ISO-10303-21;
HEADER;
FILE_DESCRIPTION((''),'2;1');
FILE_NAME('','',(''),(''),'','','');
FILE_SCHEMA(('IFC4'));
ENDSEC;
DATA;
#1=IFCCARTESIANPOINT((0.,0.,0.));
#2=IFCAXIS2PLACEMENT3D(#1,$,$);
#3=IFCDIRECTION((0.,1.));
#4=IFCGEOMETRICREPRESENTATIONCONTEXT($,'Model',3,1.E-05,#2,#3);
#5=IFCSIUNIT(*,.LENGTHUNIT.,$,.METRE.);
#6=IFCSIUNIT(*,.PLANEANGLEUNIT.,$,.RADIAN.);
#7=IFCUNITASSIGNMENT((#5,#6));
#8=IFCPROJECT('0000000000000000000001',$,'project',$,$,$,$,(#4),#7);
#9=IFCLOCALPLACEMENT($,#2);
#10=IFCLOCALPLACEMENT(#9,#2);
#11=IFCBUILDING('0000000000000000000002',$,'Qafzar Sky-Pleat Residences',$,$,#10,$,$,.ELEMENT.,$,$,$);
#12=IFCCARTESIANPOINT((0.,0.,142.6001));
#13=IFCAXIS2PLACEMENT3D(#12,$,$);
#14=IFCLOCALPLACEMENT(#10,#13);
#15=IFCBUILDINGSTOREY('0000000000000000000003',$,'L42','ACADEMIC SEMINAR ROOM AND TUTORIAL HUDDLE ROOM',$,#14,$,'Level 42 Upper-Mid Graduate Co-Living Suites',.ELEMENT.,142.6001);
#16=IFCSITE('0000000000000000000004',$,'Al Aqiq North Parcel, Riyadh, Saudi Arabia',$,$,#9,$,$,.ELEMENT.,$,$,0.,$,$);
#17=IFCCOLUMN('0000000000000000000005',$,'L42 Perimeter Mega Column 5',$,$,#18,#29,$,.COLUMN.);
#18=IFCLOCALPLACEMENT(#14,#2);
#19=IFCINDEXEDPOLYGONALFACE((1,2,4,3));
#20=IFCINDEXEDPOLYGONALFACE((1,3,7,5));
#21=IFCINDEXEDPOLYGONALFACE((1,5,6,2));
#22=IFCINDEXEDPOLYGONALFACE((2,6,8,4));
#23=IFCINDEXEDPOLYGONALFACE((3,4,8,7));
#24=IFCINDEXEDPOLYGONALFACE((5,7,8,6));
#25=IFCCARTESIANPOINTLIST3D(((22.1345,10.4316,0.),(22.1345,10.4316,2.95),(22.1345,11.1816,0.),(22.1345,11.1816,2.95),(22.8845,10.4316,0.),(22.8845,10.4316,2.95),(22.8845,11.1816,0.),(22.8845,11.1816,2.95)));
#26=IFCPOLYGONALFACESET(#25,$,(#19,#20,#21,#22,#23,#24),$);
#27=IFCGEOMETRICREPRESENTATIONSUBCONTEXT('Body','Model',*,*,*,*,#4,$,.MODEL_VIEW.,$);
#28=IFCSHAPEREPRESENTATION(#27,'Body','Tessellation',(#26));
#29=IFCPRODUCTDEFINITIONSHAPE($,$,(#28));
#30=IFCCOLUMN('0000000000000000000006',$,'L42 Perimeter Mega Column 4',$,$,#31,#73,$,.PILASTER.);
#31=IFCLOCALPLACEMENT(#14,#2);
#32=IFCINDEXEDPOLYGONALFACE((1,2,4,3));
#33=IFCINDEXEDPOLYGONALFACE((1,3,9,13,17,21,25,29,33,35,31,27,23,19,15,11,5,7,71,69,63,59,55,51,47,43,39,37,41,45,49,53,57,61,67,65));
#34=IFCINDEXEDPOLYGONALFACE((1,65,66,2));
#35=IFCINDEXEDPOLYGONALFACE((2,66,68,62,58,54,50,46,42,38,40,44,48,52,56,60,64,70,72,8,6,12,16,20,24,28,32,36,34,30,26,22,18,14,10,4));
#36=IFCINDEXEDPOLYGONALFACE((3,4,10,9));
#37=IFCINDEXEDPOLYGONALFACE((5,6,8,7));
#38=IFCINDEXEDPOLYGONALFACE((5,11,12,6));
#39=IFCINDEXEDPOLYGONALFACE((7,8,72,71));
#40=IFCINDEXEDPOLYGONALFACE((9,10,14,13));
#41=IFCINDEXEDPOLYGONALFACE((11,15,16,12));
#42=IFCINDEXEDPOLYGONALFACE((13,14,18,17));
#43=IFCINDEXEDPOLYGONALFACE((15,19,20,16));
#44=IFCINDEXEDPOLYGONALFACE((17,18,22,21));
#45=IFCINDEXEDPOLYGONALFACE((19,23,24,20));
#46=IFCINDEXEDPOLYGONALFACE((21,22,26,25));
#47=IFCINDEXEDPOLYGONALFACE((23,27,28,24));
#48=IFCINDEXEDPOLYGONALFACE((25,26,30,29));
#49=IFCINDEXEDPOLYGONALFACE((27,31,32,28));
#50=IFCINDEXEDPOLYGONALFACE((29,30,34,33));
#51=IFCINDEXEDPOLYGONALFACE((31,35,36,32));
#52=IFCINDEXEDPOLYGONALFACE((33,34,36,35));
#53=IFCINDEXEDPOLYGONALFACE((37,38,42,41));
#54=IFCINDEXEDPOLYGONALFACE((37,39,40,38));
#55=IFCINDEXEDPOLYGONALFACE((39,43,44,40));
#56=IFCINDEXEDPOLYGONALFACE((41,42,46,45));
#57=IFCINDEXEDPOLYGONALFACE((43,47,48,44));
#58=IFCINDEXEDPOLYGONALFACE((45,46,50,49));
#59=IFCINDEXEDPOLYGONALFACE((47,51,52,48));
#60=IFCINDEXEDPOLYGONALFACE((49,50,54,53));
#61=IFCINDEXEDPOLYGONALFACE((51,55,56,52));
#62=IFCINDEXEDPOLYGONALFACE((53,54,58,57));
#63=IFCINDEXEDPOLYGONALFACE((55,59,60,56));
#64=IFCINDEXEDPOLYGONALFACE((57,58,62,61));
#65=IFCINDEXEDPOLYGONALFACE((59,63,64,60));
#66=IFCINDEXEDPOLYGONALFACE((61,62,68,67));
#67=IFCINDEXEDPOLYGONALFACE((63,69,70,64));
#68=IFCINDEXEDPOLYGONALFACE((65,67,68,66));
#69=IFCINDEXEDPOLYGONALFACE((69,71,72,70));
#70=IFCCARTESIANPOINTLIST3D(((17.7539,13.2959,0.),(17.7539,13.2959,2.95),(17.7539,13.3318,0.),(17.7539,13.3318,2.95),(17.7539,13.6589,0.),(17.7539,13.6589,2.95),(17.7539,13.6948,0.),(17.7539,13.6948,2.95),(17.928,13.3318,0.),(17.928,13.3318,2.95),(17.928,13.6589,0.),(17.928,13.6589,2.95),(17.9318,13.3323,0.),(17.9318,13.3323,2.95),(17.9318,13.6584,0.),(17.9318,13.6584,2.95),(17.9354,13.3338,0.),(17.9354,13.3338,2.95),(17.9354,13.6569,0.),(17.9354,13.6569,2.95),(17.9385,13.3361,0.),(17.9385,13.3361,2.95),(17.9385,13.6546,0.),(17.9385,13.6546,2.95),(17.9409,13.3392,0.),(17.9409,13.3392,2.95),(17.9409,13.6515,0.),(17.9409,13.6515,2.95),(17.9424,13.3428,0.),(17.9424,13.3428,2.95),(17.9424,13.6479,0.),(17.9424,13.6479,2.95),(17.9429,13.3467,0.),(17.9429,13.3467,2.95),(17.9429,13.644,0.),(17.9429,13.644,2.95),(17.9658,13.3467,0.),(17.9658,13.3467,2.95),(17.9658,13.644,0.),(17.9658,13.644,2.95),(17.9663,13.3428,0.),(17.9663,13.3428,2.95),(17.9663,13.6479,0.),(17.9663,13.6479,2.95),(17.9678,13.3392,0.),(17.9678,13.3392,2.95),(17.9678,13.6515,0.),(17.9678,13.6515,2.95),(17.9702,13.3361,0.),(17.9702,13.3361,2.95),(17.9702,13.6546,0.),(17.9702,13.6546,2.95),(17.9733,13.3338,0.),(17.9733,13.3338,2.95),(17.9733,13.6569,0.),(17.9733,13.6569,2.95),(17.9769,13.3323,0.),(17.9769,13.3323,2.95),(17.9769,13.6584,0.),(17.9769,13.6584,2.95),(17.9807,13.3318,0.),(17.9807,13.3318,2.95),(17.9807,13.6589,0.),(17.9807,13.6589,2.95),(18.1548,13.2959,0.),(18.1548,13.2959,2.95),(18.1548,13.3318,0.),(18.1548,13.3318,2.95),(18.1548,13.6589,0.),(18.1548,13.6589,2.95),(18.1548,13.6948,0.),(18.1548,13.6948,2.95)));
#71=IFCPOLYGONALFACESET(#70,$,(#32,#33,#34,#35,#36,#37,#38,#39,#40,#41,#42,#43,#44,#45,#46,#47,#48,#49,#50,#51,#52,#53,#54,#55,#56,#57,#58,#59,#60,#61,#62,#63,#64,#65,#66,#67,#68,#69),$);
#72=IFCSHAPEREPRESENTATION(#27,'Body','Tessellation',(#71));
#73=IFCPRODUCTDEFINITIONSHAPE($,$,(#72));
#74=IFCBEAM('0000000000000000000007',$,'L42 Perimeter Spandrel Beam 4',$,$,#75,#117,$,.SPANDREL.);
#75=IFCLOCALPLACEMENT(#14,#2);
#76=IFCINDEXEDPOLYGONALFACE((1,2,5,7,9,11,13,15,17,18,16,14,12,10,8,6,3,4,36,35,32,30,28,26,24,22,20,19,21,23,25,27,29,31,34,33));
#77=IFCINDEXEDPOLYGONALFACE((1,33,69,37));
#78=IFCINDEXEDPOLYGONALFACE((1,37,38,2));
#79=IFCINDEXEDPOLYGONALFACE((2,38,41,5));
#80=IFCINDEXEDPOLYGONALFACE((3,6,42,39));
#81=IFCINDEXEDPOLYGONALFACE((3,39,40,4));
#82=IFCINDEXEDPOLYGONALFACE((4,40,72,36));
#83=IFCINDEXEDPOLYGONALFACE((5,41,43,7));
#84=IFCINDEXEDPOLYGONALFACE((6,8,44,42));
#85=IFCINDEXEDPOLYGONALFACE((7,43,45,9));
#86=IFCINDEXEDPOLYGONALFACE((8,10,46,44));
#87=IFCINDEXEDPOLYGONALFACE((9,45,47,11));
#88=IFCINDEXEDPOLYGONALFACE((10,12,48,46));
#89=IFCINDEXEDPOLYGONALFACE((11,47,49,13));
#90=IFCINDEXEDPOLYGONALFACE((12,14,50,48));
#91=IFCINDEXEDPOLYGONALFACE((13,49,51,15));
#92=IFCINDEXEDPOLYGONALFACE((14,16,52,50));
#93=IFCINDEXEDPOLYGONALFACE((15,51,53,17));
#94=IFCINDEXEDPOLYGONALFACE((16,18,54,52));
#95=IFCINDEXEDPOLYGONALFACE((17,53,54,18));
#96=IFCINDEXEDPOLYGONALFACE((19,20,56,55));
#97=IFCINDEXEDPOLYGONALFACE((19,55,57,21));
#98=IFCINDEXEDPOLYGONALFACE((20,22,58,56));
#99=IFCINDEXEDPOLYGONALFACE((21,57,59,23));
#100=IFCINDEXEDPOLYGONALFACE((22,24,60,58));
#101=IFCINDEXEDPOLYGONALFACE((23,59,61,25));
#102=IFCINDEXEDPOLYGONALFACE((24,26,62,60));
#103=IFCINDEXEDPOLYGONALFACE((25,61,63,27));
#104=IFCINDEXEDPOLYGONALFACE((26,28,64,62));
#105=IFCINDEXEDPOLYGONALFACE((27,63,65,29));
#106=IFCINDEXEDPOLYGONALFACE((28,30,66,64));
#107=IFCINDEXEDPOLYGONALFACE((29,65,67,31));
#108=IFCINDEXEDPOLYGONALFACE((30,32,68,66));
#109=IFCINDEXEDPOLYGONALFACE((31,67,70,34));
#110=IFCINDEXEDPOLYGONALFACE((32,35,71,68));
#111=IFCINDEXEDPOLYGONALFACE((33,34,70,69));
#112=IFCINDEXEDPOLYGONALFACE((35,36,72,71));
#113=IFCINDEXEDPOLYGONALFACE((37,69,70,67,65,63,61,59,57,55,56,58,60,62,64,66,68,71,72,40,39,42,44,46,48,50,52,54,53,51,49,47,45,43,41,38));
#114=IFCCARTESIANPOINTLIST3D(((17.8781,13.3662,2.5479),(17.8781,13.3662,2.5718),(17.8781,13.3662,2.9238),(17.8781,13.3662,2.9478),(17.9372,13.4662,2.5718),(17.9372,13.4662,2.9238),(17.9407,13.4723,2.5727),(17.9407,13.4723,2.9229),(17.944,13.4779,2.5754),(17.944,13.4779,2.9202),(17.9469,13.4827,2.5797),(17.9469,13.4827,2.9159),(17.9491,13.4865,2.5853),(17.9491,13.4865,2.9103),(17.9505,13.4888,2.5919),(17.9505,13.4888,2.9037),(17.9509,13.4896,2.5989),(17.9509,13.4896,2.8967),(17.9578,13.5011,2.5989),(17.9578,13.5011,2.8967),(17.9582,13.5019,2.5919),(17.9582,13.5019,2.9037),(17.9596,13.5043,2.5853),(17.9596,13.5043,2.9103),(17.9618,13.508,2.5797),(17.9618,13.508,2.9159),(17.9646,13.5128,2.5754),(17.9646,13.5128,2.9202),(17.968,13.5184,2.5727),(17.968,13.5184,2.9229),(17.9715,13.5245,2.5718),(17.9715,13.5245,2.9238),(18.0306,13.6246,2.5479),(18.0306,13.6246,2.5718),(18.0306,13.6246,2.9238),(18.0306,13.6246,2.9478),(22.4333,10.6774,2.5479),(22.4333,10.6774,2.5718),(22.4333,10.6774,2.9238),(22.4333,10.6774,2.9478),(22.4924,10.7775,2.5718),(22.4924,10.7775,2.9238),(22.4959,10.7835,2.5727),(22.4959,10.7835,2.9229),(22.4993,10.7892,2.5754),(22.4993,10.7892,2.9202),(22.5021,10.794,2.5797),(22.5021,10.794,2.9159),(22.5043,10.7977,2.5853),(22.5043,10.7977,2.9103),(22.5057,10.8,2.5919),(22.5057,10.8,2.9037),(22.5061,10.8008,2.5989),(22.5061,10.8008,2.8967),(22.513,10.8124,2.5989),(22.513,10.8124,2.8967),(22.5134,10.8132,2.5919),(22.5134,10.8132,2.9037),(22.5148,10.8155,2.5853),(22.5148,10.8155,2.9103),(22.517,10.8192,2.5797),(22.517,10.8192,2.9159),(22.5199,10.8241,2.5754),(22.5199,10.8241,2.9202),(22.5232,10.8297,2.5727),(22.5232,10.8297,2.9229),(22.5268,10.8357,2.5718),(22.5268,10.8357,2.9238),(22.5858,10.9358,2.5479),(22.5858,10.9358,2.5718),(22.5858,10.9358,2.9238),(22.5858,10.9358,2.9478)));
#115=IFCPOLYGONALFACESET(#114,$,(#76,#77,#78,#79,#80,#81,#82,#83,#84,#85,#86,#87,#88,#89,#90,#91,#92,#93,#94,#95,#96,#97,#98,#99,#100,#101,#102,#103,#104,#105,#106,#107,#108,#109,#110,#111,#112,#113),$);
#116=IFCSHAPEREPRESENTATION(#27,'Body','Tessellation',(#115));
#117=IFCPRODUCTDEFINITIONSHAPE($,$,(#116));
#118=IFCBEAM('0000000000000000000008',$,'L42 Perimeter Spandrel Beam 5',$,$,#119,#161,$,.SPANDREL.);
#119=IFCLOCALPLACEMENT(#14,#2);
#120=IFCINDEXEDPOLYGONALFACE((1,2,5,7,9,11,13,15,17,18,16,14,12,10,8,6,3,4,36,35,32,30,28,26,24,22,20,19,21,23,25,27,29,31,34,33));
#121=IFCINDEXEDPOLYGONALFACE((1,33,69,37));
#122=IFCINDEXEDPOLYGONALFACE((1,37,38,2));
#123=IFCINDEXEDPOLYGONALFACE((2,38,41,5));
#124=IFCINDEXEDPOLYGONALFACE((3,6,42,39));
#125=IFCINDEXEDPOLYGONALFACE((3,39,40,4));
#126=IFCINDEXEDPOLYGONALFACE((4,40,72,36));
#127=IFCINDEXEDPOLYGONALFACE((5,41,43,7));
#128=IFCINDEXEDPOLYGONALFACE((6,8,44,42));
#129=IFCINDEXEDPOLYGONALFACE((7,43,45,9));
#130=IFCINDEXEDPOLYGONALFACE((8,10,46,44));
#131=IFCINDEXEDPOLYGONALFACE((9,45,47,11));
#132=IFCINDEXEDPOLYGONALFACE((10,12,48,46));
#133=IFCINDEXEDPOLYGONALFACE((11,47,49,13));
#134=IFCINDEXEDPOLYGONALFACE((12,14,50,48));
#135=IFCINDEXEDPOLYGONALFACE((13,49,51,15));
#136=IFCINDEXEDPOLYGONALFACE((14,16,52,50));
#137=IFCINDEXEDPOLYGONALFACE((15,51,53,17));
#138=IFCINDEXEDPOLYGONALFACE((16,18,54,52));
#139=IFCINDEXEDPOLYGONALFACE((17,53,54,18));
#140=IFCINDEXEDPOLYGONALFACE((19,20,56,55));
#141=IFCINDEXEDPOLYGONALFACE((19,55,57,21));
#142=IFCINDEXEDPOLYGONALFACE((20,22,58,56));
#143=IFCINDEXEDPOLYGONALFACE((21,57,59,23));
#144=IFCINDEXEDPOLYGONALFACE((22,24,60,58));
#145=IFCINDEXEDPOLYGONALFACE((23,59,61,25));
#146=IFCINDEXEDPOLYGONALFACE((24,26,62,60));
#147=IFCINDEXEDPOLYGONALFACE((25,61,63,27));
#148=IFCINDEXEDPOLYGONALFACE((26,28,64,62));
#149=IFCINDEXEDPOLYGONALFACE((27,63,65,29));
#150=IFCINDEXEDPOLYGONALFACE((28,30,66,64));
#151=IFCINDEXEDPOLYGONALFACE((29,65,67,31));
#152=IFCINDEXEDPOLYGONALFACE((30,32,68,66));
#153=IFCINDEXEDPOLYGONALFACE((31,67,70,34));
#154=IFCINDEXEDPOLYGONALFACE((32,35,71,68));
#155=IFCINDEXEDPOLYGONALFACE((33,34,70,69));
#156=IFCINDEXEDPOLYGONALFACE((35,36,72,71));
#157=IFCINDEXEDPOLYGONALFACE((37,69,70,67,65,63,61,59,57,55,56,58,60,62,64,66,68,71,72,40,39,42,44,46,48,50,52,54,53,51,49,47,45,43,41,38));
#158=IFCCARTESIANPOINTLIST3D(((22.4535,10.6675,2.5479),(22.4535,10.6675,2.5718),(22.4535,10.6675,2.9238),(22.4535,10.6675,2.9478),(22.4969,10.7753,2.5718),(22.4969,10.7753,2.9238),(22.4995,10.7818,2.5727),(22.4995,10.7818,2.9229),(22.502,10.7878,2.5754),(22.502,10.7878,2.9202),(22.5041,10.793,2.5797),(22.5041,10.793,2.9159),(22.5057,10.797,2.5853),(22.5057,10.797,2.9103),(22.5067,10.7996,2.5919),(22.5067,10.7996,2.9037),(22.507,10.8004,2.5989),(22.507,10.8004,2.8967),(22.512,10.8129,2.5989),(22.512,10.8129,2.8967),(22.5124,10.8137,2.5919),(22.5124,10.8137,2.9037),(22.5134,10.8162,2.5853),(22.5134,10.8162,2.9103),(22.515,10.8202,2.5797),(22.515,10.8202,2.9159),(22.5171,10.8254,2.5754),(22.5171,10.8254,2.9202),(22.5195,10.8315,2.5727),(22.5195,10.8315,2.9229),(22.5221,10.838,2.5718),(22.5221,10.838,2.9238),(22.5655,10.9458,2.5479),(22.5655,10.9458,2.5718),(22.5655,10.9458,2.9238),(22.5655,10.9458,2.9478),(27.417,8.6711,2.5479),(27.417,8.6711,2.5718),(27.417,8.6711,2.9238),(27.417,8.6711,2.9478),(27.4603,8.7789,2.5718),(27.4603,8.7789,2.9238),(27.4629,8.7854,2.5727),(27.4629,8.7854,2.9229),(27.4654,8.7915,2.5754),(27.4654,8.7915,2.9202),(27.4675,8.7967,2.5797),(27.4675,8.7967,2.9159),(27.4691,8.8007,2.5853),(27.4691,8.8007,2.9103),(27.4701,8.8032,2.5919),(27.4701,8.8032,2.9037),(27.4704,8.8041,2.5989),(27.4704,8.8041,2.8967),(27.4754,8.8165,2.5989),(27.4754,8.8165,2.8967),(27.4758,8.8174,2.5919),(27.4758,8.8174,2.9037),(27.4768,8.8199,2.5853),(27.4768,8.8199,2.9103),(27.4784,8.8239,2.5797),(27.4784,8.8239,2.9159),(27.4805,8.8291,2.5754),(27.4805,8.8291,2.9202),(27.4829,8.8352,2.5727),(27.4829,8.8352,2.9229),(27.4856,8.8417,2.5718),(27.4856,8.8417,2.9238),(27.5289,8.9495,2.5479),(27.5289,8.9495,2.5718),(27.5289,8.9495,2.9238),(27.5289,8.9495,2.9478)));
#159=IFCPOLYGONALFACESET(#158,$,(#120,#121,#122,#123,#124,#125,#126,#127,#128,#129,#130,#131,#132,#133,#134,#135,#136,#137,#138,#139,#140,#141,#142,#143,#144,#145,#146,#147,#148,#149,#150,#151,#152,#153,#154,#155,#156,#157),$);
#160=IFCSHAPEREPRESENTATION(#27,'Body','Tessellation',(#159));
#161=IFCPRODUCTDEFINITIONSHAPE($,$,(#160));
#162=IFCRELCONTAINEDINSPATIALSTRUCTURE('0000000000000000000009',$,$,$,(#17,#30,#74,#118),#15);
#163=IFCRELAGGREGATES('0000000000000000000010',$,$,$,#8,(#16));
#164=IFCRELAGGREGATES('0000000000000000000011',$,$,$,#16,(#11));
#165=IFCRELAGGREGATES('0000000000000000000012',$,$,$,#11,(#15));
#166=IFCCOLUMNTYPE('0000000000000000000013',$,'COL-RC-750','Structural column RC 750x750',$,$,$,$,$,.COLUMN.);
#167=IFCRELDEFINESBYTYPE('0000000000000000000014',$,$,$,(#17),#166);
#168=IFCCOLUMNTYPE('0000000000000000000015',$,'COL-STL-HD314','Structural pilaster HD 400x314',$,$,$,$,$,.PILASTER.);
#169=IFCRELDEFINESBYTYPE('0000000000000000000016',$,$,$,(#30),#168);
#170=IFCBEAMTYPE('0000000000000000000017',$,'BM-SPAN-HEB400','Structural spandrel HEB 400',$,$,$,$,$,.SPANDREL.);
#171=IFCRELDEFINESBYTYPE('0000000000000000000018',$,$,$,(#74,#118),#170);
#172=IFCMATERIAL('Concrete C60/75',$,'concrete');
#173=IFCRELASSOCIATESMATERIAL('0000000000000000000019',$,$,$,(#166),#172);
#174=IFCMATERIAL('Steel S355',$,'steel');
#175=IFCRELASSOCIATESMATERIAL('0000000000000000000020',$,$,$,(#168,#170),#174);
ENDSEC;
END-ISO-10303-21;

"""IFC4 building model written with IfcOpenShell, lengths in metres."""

from ifc_helpers import new_model, si_unit, direction, frame, origin, origin_2d, place, context, subcontext, project, spatial, rectangle, i_section, extrude, source, transform, mapped, material, material_profile, profile_set, type_object, element, save


model = new_model("IFC4")

# Units and contexts
model_context = context("Model", 3, precision=1e-05, world=origin(), true_north=direction((0.0, 1.0)))
body_context = subcontext(model_context, "Body", "Model", "MODEL_VIEW")
ifc_project = project(units=[si_unit("LENGTHUNIT", "METRE"), si_unit("PLANEANGLEUNIT", "RADIAN")], contexts=[model_context])

# Site, building, storey
site_placement = place(None, origin())
site = spatial("IfcSite", under=ifc_project, at=site_placement, Name="Al Aqiq North Parcel, Riyadh, Saudi Arabia", CompositionType="ELEMENT", RefElevation=0.0)
building_placement = place(site_placement, origin())
building = spatial("IfcBuilding", under=site, at=building_placement, Name="Qafzar Sky-Pleat Residences", CompositionType="ELEMENT")
storey_placement = place(building_placement, frame((0.0, 0.0, 142.6001)))
storey = spatial("IfcBuildingStorey", under=building, at=storey_placement, Name="L42", Description="ACADEMIC SEMINAR ROOM AND TUTORIAL HUDDLE ROOM", LongName="Level 42 Upper-Mid Graduate Co-Living Suites", CompositionType="ELEMENT", Elevation=142.6001)

# Columns
ifc_material_1 = material(Name="Concrete C60/75", Category="concrete")
ifc_material_profile_1 = material_profile(ifc_material_1, rectangle(XDim=0.75, YDim=0.75, at=origin_2d()), Name="RC 750x750")
ifc_profile_set_1 = profile_set([ifc_material_profile_1], Name="Concrete C60/75")
column_type_1 = type_object("IfcColumnType", Name="COL-RC-750", Description="Structural column RC 750x750", PredefinedType="COLUMN", material=ifc_profile_set_1)
shared_shape_1 = source(origin(), body_context, "Body", "SweptSolid", [
    extrude(rectangle(XDim=0.75, YDim=0.75, at=origin_2d()), origin(), (0.0, 0.0, 1.0), 2.95),
])
column_1_placement = place(storey_placement, frame((22.5095, 10.8066, 0.0), z_axis=(0.0, 0.0, 1.0), x_axis=(1.0, 0.0, 0.0)))
element("IfcColumn", 1, at=column_1_placement, inside=storey, type_object=column_type_1, Name="L42 Perimeter Mega Column 5", PredefinedType="COLUMN", context=body_context, shape_type="MappedRepresentation", body=[
    mapped(shared_shape_1, transform((0.0, 0.0, 0.0), x_axis=(1.0, 0.0, 0.0), y_axis=(0.0, 1.0, 0.0), z_axis=(0.0, 0.0, 1.0), scale=1.0)),
])
ifc_material_2 = material(Name="Steel S355", Category="steel")
ifc_material_profile_2 = material_profile(ifc_material_2, i_section(OverallWidth=0.4009, OverallDepth=0.3989, WebThickness=0.0229, FlangeThickness=0.0359, FilletRadius=0.0149, at=origin_2d()), Name="HD 400x314")
ifc_profile_set_2 = profile_set([ifc_material_profile_2], Name="Steel S355")
column_type_2 = type_object("IfcColumnType", Name="COL-STL-HD314", Description="Structural pilaster HD 400x314", PredefinedType="PILASTER", material=ifc_profile_set_2)
shared_shape_2 = source(origin(), body_context, "Body", "SweptSolid", [
    extrude(i_section(OverallWidth=0.4009, OverallDepth=0.3989, WebThickness=0.0229, FlangeThickness=0.0359, FilletRadius=0.0149, at=origin_2d()), origin(), (0.0, 0.0, 1.0), 2.95),
])
column_2_placement = place(storey_placement, frame((17.9543, 13.4954, 0.0), z_axis=(0.0, 0.0, 1.0), x_axis=(1.0, 0.0, 0.0)))
element("IfcColumn", 2, at=column_2_placement, inside=storey, type_object=column_type_2, Name="L42 Perimeter Mega Column 4", PredefinedType="PILASTER", context=body_context, shape_type="MappedRepresentation", body=[
    mapped(shared_shape_2, transform((0.0, 0.0, 0.0), x_axis=(1.0, 0.0, 0.0), y_axis=(0.0, 1.0, 0.0), z_axis=(0.0, 0.0, 1.0), scale=1.0)),
])

# Beams
ifc_material_profile_3 = material_profile(ifc_material_2, i_section(OverallWidth=0.3, OverallDepth=0.3999, WebThickness=0.0134, FlangeThickness=0.0239, FilletRadius=0.0271, at=origin_2d()), Name="HEB 400")
ifc_profile_set_3 = profile_set([ifc_material_profile_3], Name="Steel S355")
beam_type_1 = type_object("IfcBeamType", Name="BM-SPAN-HEB400", Description="Structural spandrel HEB 400", PredefinedType="SPANDREL", material=ifc_profile_set_3)
shared_shape_3 = source(origin(), body_context, "Body", "SweptSolid", [
    extrude(i_section(OverallWidth=0.3, OverallDepth=0.3999, WebThickness=0.0134, FlangeThickness=0.0239, FilletRadius=0.0271, at=origin_2d()), origin(), (0.0, 0.0, 1.0), 5.2896),
])
beam_1_placement = place(storey_placement, frame((17.9543, 13.4954, 2.7478), z_axis=(0.861173, -0.508313, 0.0), x_axis=(0.508313, 0.861173, 0.0)))
element("IfcBeam", 3, at=beam_1_placement, inside=storey, type_object=beam_type_1, Name="L42 Perimeter Spandrel Beam 4", PredefinedType="SPANDREL", context=body_context, shape_type="MappedRepresentation", body=[
    mapped(shared_shape_3, transform((0.0, 0.0, 0.0), x_axis=(1.0, 0.0, 0.0), y_axis=(0.0, 1.0, 0.0), z_axis=(0.0, 0.0, 1.0), scale=1.0)),
])
shared_shape_4 = source(origin(), body_context, "Body", "SweptSolid", [
    extrude(i_section(OverallWidth=0.3, OverallDepth=0.3999, WebThickness=0.0134, FlangeThickness=0.0239, FilletRadius=0.0271, at=origin_2d()), origin(), (0.0, 0.0, 1.0), 5.3499),
])
beam_2_placement = place(storey_placement, frame((22.5095, 10.8066, 2.7478), z_axis=(0.927767, -0.37316, 0.0), x_axis=(0.37316, 0.927767, 0.0)))
element("IfcBeam", 4, at=beam_2_placement, inside=storey, type_object=beam_type_1, Name="L42 Perimeter Spandrel Beam 5", PredefinedType="SPANDREL", context=body_context, shape_type="MappedRepresentation", body=[
    mapped(shared_shape_4, transform((0.0, 0.0, 0.0), x_axis=(1.0, 0.0, 0.0), y_axis=(0.0, 1.0, 0.0), z_axis=(0.0, 0.0, 1.0), scale=1.0)),
])

save(model, "model.ifc")
